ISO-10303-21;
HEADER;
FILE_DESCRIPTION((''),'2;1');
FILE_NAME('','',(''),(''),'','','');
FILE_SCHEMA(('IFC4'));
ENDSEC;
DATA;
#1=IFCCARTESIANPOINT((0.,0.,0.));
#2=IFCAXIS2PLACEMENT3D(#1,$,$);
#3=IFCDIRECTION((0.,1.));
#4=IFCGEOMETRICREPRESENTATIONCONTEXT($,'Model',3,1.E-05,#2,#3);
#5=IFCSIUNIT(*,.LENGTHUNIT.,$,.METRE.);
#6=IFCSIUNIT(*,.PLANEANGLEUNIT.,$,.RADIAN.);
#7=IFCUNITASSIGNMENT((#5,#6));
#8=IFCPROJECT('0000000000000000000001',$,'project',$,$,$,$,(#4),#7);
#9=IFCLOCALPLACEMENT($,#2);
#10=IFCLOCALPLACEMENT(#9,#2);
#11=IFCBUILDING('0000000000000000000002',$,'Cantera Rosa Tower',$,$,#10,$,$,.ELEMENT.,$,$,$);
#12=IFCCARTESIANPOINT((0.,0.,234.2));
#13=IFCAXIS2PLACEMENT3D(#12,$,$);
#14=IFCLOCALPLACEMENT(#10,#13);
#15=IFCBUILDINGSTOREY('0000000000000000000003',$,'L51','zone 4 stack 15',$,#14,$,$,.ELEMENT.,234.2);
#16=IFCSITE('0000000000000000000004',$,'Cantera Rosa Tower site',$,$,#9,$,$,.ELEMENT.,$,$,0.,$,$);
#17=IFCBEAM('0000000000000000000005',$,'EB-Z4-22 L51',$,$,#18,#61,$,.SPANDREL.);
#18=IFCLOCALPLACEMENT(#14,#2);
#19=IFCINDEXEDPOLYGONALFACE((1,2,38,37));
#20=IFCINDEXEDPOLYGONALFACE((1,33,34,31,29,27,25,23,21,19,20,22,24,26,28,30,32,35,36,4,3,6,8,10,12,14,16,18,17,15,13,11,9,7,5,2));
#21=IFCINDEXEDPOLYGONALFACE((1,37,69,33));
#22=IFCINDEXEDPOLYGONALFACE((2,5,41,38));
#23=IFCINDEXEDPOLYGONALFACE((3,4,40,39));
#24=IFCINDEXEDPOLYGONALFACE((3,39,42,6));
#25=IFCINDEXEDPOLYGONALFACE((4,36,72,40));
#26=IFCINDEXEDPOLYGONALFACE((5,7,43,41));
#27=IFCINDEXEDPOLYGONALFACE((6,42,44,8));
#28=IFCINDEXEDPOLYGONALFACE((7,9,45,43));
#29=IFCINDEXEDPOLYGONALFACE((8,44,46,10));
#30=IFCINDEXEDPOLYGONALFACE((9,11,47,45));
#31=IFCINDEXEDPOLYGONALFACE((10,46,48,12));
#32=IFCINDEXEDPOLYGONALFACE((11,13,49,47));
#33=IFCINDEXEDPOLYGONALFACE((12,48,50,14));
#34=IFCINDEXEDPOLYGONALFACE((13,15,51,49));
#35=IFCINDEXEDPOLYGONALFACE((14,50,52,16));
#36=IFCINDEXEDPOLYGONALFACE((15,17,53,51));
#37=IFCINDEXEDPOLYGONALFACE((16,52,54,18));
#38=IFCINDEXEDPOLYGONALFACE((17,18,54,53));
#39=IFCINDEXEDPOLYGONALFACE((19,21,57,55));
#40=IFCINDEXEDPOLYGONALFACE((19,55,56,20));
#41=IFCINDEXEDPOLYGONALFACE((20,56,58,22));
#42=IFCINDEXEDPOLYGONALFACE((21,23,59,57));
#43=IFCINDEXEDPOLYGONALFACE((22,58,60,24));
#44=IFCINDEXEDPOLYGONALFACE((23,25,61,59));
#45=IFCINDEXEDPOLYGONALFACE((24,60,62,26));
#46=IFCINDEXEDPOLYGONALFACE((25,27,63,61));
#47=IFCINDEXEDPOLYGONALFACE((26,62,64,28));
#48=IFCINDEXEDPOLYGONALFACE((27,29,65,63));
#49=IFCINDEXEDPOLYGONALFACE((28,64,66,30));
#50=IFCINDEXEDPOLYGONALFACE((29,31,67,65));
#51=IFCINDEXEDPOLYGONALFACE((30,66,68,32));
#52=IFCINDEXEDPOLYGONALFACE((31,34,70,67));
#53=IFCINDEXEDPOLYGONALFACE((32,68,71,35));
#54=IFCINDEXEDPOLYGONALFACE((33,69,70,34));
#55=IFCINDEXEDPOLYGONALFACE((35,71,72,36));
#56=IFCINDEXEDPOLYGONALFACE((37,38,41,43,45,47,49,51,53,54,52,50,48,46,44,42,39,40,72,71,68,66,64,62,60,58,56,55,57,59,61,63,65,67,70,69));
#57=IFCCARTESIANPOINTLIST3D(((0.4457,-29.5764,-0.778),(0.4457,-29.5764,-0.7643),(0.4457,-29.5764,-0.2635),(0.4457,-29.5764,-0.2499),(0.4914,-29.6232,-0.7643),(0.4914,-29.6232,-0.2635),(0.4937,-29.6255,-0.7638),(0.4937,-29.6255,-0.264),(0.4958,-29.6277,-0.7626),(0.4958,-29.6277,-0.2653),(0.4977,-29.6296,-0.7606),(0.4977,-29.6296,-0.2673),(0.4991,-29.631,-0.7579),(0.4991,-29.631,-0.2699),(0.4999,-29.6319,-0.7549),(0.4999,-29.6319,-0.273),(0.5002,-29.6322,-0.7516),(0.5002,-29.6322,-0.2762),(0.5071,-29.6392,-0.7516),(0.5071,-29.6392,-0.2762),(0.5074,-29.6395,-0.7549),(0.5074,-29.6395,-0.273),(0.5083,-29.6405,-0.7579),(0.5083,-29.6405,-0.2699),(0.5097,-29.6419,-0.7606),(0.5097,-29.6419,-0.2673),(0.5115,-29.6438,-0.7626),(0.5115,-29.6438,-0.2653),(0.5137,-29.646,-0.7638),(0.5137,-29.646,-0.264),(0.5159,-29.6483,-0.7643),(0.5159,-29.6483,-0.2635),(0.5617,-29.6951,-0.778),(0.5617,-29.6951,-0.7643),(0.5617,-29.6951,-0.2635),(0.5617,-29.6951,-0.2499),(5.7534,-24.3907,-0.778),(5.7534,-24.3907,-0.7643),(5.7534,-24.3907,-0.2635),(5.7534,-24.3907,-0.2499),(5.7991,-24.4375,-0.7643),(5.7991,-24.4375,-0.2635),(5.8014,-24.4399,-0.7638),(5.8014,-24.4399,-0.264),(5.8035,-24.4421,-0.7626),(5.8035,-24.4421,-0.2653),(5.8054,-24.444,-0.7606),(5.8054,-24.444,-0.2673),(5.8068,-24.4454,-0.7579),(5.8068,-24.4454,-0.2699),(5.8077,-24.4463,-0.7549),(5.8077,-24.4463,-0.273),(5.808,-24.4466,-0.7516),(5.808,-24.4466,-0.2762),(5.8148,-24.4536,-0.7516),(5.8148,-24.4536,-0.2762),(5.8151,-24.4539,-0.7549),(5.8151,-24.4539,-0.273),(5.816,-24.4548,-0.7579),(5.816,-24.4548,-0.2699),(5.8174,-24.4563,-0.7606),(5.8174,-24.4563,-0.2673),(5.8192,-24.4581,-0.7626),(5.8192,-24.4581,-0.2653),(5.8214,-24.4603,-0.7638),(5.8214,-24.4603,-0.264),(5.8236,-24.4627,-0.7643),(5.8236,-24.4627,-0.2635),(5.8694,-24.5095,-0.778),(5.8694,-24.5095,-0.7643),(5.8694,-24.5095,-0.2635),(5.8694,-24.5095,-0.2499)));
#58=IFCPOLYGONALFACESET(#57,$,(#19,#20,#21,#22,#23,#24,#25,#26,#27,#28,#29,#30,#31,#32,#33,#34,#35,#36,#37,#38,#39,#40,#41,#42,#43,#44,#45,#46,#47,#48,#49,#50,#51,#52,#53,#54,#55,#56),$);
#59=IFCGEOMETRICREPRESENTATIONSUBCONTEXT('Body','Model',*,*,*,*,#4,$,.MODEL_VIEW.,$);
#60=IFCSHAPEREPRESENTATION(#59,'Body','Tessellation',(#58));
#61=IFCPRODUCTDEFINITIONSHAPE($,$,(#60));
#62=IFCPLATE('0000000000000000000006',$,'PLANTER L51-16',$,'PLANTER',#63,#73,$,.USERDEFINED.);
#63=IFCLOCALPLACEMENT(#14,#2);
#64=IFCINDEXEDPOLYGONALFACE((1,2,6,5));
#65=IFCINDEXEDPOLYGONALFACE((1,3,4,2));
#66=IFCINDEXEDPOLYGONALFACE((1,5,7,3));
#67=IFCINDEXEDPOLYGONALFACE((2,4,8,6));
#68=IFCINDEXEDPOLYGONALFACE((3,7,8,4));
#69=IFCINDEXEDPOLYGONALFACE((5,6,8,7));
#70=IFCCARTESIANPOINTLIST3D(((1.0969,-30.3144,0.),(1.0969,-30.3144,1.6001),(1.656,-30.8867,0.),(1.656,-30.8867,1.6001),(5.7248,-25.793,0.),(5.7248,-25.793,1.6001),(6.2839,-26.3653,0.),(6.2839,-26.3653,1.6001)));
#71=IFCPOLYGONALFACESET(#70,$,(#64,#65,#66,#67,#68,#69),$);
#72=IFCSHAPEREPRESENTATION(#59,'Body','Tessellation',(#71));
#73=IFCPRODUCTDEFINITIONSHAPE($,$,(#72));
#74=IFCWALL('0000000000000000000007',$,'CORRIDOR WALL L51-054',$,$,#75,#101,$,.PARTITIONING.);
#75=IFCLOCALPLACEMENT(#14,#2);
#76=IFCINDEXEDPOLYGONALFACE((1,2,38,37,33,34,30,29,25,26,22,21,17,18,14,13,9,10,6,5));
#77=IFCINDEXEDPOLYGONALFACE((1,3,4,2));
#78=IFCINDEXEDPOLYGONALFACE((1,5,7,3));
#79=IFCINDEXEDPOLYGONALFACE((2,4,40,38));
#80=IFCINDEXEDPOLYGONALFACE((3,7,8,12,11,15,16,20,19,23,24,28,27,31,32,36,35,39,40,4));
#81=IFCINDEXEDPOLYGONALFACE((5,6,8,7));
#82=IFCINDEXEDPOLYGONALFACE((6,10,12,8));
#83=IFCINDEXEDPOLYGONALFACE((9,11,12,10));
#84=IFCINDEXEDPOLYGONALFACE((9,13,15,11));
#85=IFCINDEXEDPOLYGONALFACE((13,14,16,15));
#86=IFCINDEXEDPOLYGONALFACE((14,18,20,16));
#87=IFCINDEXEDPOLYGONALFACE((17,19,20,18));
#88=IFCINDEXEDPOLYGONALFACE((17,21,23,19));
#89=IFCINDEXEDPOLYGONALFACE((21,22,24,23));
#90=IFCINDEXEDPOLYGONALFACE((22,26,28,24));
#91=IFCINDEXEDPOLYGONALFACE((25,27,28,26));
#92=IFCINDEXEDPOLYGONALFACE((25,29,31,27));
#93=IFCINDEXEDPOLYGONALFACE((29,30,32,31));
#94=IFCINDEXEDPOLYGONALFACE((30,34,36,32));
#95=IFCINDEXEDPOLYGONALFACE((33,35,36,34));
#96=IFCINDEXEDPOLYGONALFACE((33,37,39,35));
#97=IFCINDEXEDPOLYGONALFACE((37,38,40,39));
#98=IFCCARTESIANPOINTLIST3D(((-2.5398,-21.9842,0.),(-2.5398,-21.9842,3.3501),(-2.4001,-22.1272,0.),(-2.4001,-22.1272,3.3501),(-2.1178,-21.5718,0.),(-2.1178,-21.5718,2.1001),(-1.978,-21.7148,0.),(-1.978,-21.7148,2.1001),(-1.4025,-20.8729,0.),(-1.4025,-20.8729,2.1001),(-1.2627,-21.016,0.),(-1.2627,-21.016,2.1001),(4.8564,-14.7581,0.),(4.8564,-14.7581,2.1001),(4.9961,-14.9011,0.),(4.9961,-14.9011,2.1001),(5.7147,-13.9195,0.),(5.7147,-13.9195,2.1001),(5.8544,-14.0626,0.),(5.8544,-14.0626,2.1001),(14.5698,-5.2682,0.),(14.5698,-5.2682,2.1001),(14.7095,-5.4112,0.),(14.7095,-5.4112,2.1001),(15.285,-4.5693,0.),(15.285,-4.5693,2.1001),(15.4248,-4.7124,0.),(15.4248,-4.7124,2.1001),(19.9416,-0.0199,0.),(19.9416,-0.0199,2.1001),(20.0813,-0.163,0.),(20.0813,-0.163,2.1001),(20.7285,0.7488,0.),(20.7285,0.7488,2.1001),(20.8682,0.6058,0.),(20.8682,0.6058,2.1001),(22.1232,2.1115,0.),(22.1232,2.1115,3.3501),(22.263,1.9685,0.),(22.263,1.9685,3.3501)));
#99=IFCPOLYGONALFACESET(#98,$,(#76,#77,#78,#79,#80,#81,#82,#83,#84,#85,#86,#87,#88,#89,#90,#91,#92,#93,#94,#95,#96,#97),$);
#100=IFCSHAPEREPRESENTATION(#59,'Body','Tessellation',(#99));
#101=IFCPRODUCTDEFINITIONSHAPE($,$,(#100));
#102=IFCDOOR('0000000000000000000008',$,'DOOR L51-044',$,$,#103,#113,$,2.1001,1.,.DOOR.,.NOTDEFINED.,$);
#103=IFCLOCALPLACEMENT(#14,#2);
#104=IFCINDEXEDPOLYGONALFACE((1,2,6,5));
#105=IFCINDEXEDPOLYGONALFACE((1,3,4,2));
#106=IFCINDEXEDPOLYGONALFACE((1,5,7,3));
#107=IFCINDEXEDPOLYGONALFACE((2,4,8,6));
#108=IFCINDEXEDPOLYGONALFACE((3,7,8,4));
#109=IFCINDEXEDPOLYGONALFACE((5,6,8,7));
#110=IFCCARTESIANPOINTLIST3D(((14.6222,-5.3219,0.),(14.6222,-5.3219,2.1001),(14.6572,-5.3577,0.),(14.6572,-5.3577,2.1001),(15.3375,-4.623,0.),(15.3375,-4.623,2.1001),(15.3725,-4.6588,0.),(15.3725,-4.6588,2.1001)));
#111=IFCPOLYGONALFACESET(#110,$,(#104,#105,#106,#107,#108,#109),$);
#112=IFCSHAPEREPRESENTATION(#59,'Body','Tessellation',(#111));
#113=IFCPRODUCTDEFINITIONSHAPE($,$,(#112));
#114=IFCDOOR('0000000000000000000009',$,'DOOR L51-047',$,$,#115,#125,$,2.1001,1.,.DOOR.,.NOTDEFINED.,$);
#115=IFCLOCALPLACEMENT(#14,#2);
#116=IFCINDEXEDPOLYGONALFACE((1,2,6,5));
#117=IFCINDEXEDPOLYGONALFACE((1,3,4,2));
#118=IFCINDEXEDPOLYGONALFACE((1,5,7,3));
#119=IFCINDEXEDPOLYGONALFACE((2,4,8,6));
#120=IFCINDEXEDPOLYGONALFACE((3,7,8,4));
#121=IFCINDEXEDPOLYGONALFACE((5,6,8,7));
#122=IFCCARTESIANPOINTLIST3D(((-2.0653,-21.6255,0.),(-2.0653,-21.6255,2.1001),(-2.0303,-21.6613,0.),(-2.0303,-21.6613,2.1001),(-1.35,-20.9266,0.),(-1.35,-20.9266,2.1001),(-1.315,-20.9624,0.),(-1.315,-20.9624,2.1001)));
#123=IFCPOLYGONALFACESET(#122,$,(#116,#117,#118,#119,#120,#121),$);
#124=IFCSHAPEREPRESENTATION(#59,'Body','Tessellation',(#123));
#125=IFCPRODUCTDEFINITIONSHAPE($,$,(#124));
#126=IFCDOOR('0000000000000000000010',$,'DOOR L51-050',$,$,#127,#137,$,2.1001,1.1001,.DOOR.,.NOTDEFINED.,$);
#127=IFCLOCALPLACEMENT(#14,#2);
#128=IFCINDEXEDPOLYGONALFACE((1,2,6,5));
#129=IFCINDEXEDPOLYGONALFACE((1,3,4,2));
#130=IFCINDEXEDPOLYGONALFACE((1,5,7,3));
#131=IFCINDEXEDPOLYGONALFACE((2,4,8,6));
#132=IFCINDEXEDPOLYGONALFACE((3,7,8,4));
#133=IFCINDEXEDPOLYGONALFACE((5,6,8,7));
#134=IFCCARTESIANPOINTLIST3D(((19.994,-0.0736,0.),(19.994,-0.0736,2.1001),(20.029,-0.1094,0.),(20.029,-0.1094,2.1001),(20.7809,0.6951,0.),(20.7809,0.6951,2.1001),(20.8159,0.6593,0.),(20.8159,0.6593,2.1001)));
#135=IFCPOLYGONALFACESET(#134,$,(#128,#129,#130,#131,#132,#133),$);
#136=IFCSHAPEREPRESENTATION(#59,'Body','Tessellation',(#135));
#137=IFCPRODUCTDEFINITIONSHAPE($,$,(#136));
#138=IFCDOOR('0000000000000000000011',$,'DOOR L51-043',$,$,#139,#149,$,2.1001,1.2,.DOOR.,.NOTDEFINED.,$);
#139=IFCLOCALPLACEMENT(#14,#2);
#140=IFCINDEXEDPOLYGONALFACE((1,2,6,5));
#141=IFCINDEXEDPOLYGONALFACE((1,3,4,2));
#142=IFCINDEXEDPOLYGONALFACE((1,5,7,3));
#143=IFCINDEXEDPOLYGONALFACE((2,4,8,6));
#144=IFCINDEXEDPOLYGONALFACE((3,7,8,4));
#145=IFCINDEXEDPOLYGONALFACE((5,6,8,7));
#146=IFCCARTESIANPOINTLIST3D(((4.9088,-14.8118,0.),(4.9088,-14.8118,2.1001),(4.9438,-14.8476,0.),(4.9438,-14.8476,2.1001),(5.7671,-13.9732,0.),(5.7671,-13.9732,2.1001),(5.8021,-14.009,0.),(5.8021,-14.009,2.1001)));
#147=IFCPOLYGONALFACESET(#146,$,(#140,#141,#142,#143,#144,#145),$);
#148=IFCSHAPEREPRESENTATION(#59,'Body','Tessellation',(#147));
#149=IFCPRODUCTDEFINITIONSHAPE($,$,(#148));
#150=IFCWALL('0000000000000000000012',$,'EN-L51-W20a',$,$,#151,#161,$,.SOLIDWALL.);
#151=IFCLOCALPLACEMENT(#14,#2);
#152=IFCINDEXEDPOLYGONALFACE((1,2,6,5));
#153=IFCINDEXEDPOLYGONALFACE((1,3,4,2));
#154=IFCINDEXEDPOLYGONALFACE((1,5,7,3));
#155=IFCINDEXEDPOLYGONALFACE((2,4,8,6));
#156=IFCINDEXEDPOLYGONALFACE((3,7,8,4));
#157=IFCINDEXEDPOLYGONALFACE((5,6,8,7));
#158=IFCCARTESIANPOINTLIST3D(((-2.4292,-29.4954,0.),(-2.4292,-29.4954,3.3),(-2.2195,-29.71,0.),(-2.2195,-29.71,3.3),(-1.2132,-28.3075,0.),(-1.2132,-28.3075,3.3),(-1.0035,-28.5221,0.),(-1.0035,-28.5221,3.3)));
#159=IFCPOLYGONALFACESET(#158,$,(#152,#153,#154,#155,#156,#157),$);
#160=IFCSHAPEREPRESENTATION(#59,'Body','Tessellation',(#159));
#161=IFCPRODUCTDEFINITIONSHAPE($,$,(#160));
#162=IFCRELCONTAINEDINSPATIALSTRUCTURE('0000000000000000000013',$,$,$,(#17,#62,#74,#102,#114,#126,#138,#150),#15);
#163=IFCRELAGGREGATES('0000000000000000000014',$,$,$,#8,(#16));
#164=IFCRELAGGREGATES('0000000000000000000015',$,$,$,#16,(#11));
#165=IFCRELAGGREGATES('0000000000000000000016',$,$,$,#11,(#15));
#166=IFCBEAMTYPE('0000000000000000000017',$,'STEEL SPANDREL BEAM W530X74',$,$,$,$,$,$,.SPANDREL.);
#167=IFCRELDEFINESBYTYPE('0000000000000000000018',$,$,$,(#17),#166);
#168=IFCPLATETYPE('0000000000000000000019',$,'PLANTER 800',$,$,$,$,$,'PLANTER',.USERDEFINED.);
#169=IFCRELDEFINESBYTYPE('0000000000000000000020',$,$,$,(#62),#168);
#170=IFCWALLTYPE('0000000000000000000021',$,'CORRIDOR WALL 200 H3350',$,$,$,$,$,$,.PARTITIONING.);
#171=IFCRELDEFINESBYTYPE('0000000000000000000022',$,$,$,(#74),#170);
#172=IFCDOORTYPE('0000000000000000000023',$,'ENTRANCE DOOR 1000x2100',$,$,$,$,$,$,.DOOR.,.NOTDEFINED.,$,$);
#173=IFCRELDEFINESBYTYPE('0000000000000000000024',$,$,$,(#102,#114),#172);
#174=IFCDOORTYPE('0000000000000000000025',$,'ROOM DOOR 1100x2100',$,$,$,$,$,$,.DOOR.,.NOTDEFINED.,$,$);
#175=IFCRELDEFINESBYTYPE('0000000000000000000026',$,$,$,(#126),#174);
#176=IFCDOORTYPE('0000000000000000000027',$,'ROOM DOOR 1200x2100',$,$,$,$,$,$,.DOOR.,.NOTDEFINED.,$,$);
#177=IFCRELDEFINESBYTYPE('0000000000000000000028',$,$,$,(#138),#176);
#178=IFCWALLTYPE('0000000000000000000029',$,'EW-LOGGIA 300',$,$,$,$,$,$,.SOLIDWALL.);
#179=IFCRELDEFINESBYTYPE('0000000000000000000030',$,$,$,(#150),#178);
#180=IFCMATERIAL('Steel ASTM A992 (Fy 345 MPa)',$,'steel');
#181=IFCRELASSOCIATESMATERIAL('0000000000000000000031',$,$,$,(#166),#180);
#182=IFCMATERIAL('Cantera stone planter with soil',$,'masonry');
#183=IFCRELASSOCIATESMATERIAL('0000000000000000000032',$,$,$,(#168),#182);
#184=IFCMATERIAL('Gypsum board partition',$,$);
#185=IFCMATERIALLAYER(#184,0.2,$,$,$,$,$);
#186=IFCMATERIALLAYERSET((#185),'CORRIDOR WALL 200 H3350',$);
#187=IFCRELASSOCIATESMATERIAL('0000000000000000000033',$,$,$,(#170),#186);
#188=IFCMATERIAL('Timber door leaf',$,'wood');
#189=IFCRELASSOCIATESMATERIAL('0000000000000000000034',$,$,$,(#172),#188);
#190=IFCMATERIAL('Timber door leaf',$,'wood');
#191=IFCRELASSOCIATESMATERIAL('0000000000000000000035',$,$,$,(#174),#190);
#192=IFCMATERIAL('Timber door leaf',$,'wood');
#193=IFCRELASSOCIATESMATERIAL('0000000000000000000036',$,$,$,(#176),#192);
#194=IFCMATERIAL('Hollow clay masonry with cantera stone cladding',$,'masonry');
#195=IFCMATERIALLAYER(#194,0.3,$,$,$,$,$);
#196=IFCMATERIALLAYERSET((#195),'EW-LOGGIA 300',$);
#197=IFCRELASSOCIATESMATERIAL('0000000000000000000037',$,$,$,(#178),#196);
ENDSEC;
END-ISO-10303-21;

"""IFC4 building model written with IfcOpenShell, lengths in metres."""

from ifc_helpers import new_model, si_unit, direction, frame, frame_2d, origin, origin_2d, place, context, subcontext, project, spatial, rectangle, i_section, extrude, material, layer, layer_set, material_profile, profile_set, type_object, element, fill, save


model = new_model("IFC4")

# Units and contexts
model_context = context("Model", 3, precision=1e-05, world=origin(), true_north=direction((0.0, 1.0)))
body_context = subcontext(model_context, "Body", "Model", "MODEL_VIEW")
ifc_project = project(units=[si_unit("LENGTHUNIT", "METRE"), si_unit("PLANEANGLEUNIT", "RADIAN")], contexts=[model_context])

# Site, building, storey
site_placement = place(None, origin())
site = spatial("IfcSite", under=ifc_project, at=site_placement, Name="Cantera Rosa Tower site", CompositionType="ELEMENT", RefElevation=0.0)
building_placement = place(site_placement, origin())
building = spatial("IfcBuilding", under=site, at=building_placement, Name="Cantera Rosa Tower", CompositionType="ELEMENT")
storey_placement = place(building_placement, frame((0.0, 0.0, 234.2)))
storey = spatial("IfcBuildingStorey", under=building, at=storey_placement, Name="L51", Description="zone 4 stack 15", CompositionType="ELEMENT", Elevation=234.2)

# Beam
ifc_material_1 = material(Name="Steel ASTM A992 (Fy 345 MPa)", Category="steel")
ifc_material_profile_1 = material_profile(ifc_material_1, i_section(OverallWidth=0.166, OverallDepth=0.5281, WebThickness=0.0098, FlangeThickness=0.0137, FilletRadius=0.0127, at=origin_2d()), Name="W530X74")
ifc_profile_set_1 = profile_set([ifc_material_profile_1], Name="Steel ASTM A992 (Fy 345 MPa)")
beam_type_1 = type_object("IfcBeamType", Name="STEEL SPANDREL BEAM W530X74", PredefinedType="SPANDREL", material=ifc_profile_set_1)
beam_1_placement = place(storey_placement, frame((0.5037, -29.6357, -0.5139), z_axis=(0.715284, 0.698833, 0.0), x_axis=(-0.698833, 0.715284, 0.0)))
element("IfcBeam", 1, at=beam_1_placement, inside=storey, type_object=beam_type_1, Name="EB-Z4-22 L51", PredefinedType="SPANDREL", context=body_context, shape_type="SweptSolid", body=[
    extrude(i_section(OverallWidth=0.166, OverallDepth=0.5281, WebThickness=0.0098, FlangeThickness=0.0137, FilletRadius=0.0127, at=origin_2d()), origin(), (0.0, 0.0, 1.0), 7.4204),
])

# Plate
ifc_material_2 = material(Name="Cantera stone planter with soil", Category="masonry")
plate_type = type_object("IfcPlateType", Name="PLANTER 800", ElementType="PLANTER", PredefinedType="USERDEFINED", material=ifc_material_2)
plate_placement = place(storey_placement, frame((3.6904, -28.3398, 0.0), z_axis=(0.0, 0.0, 1.0), x_axis=(0.715286, 0.698832, 0.0)))
element("IfcPlate", 2, at=plate_placement, inside=storey, type_object=plate_type, Name="PLANTER L51-16", ObjectType="PLANTER", PredefinedType="USERDEFINED", context=body_context, shape_type="SweptSolid", body=[
    extrude(rectangle(XDim=6.47, YDim=0.8, at=origin_2d()), origin(), (0.0, 0.0, 1.0), 1.6001),
])

# Wall, openings, doors
ifc_material_3 = material(Name="Gypsum board partition")
ifc_layer_1 = layer(ifc_material_3, 0.2)
ifc_layer_set_1 = layer_set([ifc_layer_1], Name="CORRIDOR WALL 200 H3350")
wall_type_1 = type_object("IfcWallType", Name="CORRIDOR WALL 200 H3350", PredefinedType="PARTITIONING", material=ifc_layer_set_1)
wall_1_placement = place(storey_placement, frame((-2.47, -22.0557, 0.0), z_axis=(0.0, 0.0, 1.0), x_axis=(0.715287, 0.698831, 0.0)))
wall_1 = element("IfcWall", 3, at=wall_1_placement, inside=storey, type_object=wall_type_1, Name="CORRIDOR WALL L51-054", PredefinedType="PARTITIONING", context=body_context, shape_type="SweptSolid", body=[
    extrude(rectangle(XDim=34.48, YDim=0.2, at=frame_2d((17.24, 0.0))), origin(), (0.0, 0.0, 1.0), 3.3501),
])
opening_1_placement = place(wall_1_placement, frame((10.3401, 0.0, 0.0)))
opening_1 = element("IfcOpeningElement", 4, at=opening_1_placement, cuts=wall_1, PredefinedType="OPENING", context=body_context, shape_type="SweptSolid", body=[
    extrude(rectangle(XDim=1.2, YDim=2.1001, at=frame_2d((0.6001, 1.05))), frame((0.0, 0.1099, 0.0), z_axis=(0.0, -1.0, 0.0), x_axis=(1.0, 0.0, 0.0)), (0.0, 0.0, 1.0), 0.22),
])
opening_2_placement = place(wall_1_placement, frame((23.9199, 0.0, 0.0)))
opening_2 = element("IfcOpeningElement", 5, at=opening_2_placement, cuts=wall_1, PredefinedType="OPENING", context=body_context, shape_type="SweptSolid", body=[
    extrude(rectangle(XDim=1.0, YDim=2.1001, at=frame_2d((0.5, 1.05))), frame((0.0, 0.1099, 0.0), z_axis=(0.0, -1.0, 0.0), x_axis=(1.0, 0.0, 0.0)), (0.0, 0.0, 1.0), 0.22),
])
opening_3_placement = place(wall_1_placement, frame((0.5901, 0.0, 0.0)))
opening_3 = element("IfcOpeningElement", 6, at=opening_3_placement, cuts=wall_1, PredefinedType="OPENING", context=body_context, shape_type="SweptSolid", body=[
    extrude(rectangle(XDim=1.0, YDim=2.1001, at=frame_2d((0.5, 1.05))), frame((0.0, 0.1099, 0.0), z_axis=(0.0, -1.0, 0.0), x_axis=(1.0, 0.0, 0.0)), (0.0, 0.0, 1.0), 0.22),
])
opening_4_placement = place(wall_1_placement, frame((31.4299, 0.0, 0.0)))
opening_4 = element("IfcOpeningElement", 7, at=opening_4_placement, cuts=wall_1, PredefinedType="OPENING", context=body_context, shape_type="SweptSolid", body=[
    extrude(rectangle(XDim=1.1001, YDim=2.1001, at=frame_2d((0.55, 1.05))), frame((0.0, 0.1099, 0.0), z_axis=(0.0, -1.0, 0.0), x_axis=(1.0, 0.0, 0.0)), (0.0, 0.0, 1.0), 0.22),
])
ifc_material_4 = material(Name="Timber door leaf", Category="wood")
door_type_1 = type_object("IfcDoorType", Name="ENTRANCE DOOR 1000x2100", OperationType="NOTDEFINED", PredefinedType="DOOR", material=ifc_material_4)
door_1_placement = place(opening_2_placement, origin())
door_1 = element("IfcDoor", 8, at=door_1_placement, inside=storey, type_object=door_type_1, Name="DOOR L51-044", OperationType="NOTDEFINED", OverallHeight=2.1001, OverallWidth=1.0, PredefinedType="DOOR", context=body_context, shape_type="SweptSolid", body=[
    extrude(rectangle(XDim=1.0, YDim=2.1001, at=frame_2d((0.5, 1.05))), frame((0.0, 0.0249, 0.0), z_axis=(0.0, -1.0, 0.0), x_axis=(1.0, 0.0, 0.0)), (0.0, 0.0, 1.0), 0.05),
])
fill(opening_2, door_1)
door_2_placement = place(opening_3_placement, origin())
door_2 = element("IfcDoor", 9, at=door_2_placement, inside=storey, type_object=door_type_1, Name="DOOR L51-047", OperationType="NOTDEFINED", OverallHeight=2.1001, OverallWidth=1.0, PredefinedType="DOOR", context=body_context, shape_type="SweptSolid", body=[
    extrude(rectangle(XDim=1.0, YDim=2.1001, at=frame_2d((0.5, 1.05))), frame((0.0, 0.0249, 0.0), z_axis=(0.0, -1.0, 0.0), x_axis=(1.0, 0.0, 0.0)), (0.0, 0.0, 1.0), 0.05),
])
fill(opening_3, door_2)
ifc_material_5 = material(Name="Timber door leaf", Category="wood")
door_type_2 = type_object("IfcDoorType", Name="ROOM DOOR 1100x2100", OperationType="NOTDEFINED", PredefinedType="DOOR", material=ifc_material_5)
door_3_placement = place(opening_4_placement, origin())
door_3 = element("IfcDoor", 10, at=door_3_placement, inside=storey, type_object=door_type_2, Name="DOOR L51-050", OperationType="NOTDEFINED", OverallHeight=2.1001, OverallWidth=1.1001, PredefinedType="DOOR", context=body_context, shape_type="SweptSolid", body=[
    extrude(rectangle(XDim=1.1001, YDim=2.1001, at=frame_2d((0.55, 1.05))), frame((0.0, 0.0249, 0.0), z_axis=(0.0, -1.0, 0.0), x_axis=(1.0, 0.0, 0.0)), (0.0, 0.0, 1.0), 0.05),
])
fill(opening_4, door_3)
ifc_material_6 = material(Name="Timber door leaf", Category="wood")
door_type_3 = type_object("IfcDoorType", Name="ROOM DOOR 1200x2100", OperationType="NOTDEFINED", PredefinedType="DOOR", material=ifc_material_6)
door_4_placement = place(opening_1_placement, origin())
door_4 = element("IfcDoor", 11, at=door_4_placement, inside=storey, type_object=door_type_3, Name="DOOR L51-043", OperationType="NOTDEFINED", OverallHeight=2.1001, OverallWidth=1.2, PredefinedType="DOOR", context=body_context, shape_type="SweptSolid", body=[
    extrude(rectangle(XDim=1.2, YDim=2.1001, at=frame_2d((0.6001, 1.05))), frame((0.0, 0.0249, 0.0), z_axis=(0.0, -1.0, 0.0), x_axis=(1.0, 0.0, 0.0)), (0.0, 0.0, 1.0), 0.05),
])
fill(opening_1, door_4)

# Wall
ifc_material_7 = material(Name="Hollow clay masonry with cantera stone cladding", Category="masonry")
ifc_layer_2 = layer(ifc_material_7, 0.3)
ifc_layer_set_2 = layer_set([ifc_layer_2], Name="EW-LOGGIA 300")
wall_type_2 = type_object("IfcWallType", Name="EW-LOGGIA 300", PredefinedType="SOLIDWALL", material=ifc_layer_set_2)
wall_2_placement = place(storey_placement, frame((-2.3245, -29.6028, 0.0), z_axis=(0.0, 0.0, 1.0), x_axis=(0.715316, 0.698801, 0.0)))
element("IfcWall", 12, at=wall_2_placement, inside=storey, type_object=wall_type_2, Name="EN-L51-W20a", PredefinedType="SOLIDWALL", context=body_context, shape_type="SweptSolid", body=[
    extrude(rectangle(XDim=1.7, YDim=0.3, at=frame_2d((0.8501, 0.0))), origin(), (0.0, 0.0, 1.0), 3.3),
])

save(model, "model.ifc")
